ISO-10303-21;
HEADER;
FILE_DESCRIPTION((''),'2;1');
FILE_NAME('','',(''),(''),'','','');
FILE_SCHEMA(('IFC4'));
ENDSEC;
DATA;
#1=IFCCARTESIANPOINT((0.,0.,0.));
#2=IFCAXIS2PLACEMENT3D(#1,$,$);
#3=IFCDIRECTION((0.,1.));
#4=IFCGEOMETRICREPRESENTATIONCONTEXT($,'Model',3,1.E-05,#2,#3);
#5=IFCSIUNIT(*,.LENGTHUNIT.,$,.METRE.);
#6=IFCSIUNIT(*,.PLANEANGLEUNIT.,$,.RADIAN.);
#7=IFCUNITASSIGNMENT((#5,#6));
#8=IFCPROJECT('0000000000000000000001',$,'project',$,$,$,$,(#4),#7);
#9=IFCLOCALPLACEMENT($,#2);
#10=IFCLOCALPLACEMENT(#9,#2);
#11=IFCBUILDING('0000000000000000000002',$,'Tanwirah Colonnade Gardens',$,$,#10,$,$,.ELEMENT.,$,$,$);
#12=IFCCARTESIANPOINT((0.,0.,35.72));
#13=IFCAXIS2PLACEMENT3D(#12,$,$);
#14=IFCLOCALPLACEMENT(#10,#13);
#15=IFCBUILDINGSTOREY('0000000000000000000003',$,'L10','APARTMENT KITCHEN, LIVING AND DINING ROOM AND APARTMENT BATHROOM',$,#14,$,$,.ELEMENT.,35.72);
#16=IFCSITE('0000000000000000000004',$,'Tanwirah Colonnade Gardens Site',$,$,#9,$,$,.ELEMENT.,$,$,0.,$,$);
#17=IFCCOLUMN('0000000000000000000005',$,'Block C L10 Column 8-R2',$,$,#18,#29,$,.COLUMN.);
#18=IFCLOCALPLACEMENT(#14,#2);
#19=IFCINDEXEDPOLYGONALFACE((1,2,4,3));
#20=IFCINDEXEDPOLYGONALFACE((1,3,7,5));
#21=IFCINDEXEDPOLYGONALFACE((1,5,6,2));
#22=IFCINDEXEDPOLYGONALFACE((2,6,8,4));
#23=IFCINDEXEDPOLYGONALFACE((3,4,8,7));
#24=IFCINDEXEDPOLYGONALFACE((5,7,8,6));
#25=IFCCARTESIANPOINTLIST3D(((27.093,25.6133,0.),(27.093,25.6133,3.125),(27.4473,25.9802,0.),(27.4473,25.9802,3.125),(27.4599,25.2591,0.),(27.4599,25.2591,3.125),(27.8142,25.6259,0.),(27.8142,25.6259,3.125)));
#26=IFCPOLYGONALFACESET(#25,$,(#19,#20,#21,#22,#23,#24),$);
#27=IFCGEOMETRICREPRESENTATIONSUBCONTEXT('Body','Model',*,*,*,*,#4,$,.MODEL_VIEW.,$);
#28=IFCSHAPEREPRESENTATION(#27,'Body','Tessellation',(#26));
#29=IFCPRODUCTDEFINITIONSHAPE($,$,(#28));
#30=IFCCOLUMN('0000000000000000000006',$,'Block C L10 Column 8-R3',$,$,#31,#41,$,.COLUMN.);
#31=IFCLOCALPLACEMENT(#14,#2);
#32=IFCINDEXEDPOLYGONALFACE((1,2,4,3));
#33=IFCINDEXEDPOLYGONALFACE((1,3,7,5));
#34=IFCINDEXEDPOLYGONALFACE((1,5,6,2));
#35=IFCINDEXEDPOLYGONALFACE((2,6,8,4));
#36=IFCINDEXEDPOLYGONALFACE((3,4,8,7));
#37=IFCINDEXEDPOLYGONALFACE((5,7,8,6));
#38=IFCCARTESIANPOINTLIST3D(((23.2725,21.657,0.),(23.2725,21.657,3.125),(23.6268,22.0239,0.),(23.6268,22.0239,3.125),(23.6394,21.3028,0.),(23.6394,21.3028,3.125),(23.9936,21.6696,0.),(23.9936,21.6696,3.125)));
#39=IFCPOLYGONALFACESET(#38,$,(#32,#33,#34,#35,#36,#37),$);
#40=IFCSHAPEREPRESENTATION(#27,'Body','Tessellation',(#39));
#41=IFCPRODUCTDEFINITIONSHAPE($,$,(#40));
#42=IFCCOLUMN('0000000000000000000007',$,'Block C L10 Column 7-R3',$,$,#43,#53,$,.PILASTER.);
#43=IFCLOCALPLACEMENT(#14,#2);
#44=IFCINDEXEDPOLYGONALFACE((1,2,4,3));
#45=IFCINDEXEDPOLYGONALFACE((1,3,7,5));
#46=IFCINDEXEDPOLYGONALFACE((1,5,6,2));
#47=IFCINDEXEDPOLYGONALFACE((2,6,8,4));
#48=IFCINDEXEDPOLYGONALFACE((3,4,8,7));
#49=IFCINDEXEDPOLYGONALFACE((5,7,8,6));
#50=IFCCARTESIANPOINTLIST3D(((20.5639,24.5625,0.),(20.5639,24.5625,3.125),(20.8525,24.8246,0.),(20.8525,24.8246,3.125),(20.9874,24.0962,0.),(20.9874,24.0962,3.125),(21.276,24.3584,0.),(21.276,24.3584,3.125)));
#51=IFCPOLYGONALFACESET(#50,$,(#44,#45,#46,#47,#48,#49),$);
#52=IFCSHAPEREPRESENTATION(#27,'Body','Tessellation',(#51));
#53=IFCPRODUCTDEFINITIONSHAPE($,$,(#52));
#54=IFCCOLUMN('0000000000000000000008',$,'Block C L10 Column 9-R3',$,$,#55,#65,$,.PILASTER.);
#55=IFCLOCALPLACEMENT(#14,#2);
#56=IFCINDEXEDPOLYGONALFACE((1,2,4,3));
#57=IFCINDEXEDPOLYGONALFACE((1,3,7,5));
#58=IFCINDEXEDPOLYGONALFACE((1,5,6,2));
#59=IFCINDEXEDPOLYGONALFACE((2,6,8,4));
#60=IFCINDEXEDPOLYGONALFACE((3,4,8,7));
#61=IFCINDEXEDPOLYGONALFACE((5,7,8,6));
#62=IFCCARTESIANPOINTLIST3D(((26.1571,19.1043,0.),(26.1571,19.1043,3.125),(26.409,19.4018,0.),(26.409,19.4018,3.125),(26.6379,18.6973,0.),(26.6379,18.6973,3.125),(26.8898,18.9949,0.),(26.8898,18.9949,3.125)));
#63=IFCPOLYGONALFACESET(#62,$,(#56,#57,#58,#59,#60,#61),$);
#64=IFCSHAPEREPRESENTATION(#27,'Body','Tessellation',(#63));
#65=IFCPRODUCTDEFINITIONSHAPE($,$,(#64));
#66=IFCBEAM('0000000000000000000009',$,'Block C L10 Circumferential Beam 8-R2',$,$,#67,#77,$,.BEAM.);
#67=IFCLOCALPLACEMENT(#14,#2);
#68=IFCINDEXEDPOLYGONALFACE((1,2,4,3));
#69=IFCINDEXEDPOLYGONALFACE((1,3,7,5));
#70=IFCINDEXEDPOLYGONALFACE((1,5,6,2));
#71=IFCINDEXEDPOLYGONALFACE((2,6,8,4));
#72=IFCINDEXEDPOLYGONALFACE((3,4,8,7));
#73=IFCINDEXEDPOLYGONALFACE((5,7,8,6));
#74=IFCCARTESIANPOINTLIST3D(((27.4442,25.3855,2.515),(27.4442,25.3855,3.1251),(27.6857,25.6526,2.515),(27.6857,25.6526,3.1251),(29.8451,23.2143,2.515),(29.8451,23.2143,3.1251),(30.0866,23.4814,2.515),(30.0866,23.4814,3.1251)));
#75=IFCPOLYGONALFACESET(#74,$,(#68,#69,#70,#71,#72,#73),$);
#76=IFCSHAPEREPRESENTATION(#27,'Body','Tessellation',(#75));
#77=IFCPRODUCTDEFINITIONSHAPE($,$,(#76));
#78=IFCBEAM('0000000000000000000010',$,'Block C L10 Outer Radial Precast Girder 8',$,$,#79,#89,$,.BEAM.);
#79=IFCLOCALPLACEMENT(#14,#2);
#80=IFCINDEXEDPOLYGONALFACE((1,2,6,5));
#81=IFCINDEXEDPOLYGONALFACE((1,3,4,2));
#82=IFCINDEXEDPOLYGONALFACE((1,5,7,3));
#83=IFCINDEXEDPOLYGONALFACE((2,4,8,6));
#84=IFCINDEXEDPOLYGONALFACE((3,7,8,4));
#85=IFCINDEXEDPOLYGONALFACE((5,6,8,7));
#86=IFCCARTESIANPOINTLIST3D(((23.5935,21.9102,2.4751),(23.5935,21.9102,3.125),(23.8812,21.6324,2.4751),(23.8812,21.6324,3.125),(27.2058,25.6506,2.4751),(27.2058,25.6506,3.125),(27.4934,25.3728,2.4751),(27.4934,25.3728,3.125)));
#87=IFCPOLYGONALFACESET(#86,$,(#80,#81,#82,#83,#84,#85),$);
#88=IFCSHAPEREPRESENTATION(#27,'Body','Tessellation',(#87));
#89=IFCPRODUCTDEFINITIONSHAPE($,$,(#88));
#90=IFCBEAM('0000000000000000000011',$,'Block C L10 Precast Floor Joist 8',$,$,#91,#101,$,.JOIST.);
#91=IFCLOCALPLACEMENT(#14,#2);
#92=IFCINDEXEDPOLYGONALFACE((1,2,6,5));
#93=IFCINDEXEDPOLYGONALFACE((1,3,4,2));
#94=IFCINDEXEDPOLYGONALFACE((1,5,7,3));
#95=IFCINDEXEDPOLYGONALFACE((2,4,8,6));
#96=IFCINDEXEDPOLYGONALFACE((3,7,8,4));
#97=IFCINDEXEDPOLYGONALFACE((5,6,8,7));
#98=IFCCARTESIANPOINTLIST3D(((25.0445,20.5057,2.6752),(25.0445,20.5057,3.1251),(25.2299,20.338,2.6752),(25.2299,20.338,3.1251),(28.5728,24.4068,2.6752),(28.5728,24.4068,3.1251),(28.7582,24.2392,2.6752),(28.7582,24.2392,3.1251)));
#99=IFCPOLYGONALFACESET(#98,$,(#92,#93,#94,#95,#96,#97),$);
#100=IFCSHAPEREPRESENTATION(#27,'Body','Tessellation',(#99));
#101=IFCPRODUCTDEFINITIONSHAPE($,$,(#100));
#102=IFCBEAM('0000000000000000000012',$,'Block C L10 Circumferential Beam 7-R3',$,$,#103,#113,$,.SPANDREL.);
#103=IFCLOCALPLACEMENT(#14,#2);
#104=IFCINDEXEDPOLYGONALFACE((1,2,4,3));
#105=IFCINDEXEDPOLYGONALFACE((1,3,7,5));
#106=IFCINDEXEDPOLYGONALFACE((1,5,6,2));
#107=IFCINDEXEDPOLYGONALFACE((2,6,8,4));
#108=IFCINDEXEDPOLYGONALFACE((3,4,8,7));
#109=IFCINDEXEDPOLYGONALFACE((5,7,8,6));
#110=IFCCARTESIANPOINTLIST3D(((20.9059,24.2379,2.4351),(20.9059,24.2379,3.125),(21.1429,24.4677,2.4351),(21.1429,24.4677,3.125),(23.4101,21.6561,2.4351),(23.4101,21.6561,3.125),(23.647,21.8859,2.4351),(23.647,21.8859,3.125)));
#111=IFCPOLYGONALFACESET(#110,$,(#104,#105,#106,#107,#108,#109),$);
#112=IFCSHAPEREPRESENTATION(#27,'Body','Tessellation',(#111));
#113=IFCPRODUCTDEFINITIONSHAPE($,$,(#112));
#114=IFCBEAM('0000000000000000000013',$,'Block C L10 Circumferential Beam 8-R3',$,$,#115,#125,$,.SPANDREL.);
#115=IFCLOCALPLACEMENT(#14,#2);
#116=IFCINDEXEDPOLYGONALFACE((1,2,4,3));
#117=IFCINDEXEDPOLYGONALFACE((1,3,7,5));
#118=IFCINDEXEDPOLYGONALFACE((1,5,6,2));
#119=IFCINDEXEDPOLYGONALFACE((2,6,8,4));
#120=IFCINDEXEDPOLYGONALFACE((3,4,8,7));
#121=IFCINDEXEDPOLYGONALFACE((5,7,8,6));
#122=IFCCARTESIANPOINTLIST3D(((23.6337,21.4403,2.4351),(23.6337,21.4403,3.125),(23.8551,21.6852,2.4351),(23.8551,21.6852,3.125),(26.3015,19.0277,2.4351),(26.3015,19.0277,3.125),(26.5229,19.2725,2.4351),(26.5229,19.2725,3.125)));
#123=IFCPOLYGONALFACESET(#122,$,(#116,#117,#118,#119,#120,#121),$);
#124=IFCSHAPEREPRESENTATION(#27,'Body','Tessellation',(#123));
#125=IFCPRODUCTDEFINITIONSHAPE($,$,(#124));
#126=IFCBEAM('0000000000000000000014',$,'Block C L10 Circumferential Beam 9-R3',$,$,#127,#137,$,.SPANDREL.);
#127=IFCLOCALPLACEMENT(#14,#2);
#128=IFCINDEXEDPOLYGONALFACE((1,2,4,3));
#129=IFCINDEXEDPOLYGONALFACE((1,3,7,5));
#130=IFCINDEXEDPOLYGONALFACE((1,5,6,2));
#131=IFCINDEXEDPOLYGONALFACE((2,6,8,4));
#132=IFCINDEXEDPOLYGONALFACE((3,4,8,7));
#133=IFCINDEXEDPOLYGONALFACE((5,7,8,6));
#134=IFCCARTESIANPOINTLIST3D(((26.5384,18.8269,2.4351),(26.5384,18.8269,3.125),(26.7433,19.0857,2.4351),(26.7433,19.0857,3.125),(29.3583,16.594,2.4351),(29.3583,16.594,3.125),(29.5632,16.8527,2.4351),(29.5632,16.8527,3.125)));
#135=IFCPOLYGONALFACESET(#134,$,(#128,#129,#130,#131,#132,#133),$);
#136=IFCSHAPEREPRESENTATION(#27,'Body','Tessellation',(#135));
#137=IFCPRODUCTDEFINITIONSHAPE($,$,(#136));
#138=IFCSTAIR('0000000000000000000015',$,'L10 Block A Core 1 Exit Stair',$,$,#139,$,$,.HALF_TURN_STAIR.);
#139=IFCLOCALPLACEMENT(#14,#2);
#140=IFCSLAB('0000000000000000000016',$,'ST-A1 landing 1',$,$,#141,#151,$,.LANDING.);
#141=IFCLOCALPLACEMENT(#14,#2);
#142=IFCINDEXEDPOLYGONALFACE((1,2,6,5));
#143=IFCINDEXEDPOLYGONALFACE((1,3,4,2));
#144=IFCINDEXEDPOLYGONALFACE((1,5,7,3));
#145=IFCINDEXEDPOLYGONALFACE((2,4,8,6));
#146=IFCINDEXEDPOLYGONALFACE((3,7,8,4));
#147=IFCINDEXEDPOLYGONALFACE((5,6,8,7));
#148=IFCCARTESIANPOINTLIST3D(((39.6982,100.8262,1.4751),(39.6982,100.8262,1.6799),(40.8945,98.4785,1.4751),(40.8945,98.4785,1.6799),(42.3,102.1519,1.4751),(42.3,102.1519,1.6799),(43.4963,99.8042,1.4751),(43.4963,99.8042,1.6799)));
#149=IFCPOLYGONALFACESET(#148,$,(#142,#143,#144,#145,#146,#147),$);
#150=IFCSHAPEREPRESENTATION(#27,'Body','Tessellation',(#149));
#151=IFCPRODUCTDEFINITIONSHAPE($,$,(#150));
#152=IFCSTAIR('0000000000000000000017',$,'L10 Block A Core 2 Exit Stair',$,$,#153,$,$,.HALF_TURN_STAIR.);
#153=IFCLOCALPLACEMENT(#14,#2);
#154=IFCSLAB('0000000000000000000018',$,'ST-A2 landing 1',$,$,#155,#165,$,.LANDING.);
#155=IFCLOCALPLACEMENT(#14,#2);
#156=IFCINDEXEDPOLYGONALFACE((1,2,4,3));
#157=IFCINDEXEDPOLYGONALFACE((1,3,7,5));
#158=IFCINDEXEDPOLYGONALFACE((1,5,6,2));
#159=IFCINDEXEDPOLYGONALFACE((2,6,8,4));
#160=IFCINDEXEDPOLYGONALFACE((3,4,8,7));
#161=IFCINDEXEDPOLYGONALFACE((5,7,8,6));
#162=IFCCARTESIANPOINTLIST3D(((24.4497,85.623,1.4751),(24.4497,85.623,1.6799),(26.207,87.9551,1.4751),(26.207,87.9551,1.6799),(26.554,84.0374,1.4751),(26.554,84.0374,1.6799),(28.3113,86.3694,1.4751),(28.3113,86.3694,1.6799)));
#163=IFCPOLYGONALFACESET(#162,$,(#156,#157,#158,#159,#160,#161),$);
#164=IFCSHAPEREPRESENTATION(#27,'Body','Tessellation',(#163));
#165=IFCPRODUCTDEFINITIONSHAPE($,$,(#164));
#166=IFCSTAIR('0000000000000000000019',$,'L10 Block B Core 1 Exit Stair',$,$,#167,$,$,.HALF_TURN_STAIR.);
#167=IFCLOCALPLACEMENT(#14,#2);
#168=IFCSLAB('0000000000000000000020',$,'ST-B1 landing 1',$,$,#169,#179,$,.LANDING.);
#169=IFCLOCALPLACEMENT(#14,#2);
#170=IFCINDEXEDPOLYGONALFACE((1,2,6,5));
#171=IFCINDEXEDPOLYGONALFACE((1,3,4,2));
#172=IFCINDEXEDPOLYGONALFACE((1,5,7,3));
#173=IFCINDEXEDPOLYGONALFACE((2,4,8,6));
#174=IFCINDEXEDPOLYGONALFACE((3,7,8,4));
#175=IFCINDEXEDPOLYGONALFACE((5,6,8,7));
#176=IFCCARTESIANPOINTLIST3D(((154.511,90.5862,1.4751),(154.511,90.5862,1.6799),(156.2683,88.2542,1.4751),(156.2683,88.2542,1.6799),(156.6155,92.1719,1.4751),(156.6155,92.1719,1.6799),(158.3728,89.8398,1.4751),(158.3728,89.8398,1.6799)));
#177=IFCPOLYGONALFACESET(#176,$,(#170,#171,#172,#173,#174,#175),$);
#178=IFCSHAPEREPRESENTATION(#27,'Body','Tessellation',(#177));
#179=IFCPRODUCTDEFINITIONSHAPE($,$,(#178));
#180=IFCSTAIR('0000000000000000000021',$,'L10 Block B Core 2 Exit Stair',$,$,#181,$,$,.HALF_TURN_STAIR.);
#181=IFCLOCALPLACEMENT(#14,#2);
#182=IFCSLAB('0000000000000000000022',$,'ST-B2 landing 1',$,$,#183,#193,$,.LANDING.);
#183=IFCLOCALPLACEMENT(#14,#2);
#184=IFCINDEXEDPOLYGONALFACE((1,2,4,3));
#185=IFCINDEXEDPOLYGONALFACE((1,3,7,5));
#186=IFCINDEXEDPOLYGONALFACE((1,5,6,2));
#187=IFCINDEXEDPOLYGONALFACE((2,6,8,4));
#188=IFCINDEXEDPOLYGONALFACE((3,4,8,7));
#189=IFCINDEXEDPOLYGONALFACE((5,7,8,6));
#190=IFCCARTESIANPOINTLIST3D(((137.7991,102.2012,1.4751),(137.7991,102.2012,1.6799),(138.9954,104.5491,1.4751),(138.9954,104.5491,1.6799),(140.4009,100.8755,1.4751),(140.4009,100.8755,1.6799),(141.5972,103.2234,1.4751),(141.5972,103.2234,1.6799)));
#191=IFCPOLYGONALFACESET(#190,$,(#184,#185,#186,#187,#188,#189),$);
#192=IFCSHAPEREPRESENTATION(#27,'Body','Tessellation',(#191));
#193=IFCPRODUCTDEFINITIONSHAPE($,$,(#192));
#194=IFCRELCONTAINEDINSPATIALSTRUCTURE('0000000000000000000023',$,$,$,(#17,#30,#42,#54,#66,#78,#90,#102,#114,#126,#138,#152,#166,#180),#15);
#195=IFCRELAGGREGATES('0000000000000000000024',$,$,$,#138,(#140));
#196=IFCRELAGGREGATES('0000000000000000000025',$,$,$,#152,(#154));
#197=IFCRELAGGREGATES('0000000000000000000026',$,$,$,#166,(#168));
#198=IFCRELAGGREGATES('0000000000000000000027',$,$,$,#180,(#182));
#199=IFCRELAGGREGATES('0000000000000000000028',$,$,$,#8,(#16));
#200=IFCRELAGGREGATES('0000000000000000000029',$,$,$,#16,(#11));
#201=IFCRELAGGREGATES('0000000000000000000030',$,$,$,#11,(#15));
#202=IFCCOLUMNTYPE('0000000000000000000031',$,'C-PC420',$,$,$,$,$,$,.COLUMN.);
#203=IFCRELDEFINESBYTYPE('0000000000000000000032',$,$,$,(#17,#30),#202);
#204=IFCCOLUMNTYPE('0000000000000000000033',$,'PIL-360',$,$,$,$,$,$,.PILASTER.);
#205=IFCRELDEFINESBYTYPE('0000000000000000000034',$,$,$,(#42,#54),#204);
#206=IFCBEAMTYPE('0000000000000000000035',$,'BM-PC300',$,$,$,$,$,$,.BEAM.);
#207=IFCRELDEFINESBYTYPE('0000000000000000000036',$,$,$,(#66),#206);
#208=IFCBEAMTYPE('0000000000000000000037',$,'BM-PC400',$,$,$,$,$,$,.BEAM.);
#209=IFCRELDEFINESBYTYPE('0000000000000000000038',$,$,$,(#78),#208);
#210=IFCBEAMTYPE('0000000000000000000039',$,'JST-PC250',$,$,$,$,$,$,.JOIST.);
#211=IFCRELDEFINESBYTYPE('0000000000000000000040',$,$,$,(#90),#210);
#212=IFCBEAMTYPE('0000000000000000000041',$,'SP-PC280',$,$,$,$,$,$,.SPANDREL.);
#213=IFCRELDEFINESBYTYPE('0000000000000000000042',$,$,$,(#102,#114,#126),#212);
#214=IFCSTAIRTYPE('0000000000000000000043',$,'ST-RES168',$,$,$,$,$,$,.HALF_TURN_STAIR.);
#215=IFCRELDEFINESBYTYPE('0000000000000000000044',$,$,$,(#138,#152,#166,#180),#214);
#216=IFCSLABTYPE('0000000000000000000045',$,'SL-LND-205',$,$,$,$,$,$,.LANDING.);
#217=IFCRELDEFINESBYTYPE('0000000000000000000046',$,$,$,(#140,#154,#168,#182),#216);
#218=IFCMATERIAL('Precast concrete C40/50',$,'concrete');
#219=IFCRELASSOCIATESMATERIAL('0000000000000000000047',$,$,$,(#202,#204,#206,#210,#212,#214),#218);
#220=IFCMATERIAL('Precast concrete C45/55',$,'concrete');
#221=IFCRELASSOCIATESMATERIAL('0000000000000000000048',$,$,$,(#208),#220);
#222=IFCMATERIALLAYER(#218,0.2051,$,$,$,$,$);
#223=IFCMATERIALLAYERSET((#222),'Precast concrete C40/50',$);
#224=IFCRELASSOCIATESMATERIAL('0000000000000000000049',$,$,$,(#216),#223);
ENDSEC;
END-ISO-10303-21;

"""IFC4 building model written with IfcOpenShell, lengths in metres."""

from ifc_helpers import new_model, si_unit, direction, frame, origin, origin_2d, place, context, subcontext, project, spatial, polyline, rectangle, outline, extrude, material, layer, layer_set, material_profile, profile_set, type_object, element, aggregate, save


model = new_model("IFC4")

# Units and contexts
model_context = context("Model", 3, precision=1e-05, world=origin(), true_north=direction((0.0, 1.0)))
body_context = subcontext(model_context, "Body", "Model", "MODEL_VIEW")
ifc_project = project(units=[si_unit("LENGTHUNIT", "METRE"), si_unit("PLANEANGLEUNIT", "RADIAN")], contexts=[model_context])

# Site, building, storey
site_placement = place(None, origin())
site = spatial("IfcSite", under=ifc_project, at=site_placement, Name="Tanwirah Colonnade Gardens Site", CompositionType="ELEMENT", RefElevation=0.0)
building_placement = place(site_placement, origin())
building = spatial("IfcBuilding", under=site, at=building_placement, Name="Tanwirah Colonnade Gardens", CompositionType="ELEMENT")
storey_placement = place(building_placement, frame((0.0, 0.0, 35.72)))
storey = spatial("IfcBuildingStorey", under=building, at=storey_placement, Name="L10", Description="APARTMENT KITCHEN, LIVING AND DINING ROOM AND APARTMENT BATHROOM", CompositionType="ELEMENT", Elevation=35.72)

# Columns
ifc_material_1 = material(Name="Precast concrete C40/50", Category="concrete")
ifc_material_profile_1 = material_profile(ifc_material_1, rectangle(XDim=0.51, YDim=0.51, at=origin_2d()), Name="PC-COL 510x510")
ifc_profile_set_1 = profile_set([ifc_material_profile_1], Name="Precast concrete C40/50")
column_type_1 = type_object("IfcColumnType", Name="C-PC420", PredefinedType="COLUMN", material=ifc_profile_set_1)
for number, where, z_axis, x_axis, name in (
    (1, (27.4536, 25.6196, 0.0), (0.0, 0.0, 1.0), (-0.694658, -0.71934, 0.0), "Block C L10 Column 8-R2"),
    (2, (23.6331, 21.6633, 0.0), (0.0, 0.0, 1.0), (-0.694658, -0.71934, 0.0), "Block C L10 Column 8-R3"),
):
    element("IfcColumn", number, at=place(storey_placement, frame(where, z_axis=z_axis, x_axis=x_axis)), inside=storey, type_object=column_type_1, Name=name, PredefinedType="COLUMN", context=body_context, shape_type="SweptSolid", body=[
        extrude(rectangle(XDim=0.51, YDim=0.51, at=origin_2d()), origin(), (0.0, 0.0, 1.0), 3.125),
    ])
ifc_material_profile_2 = material_profile(ifc_material_1, rectangle(XDim=0.3899, YDim=0.6299, at=origin_2d()), Name="PC-PIL 390x630")
ifc_profile_set_2 = profile_set([ifc_material_profile_2], Name="Precast concrete C40/50")
column_type_2 = type_object("IfcColumnType", Name="PIL-360", PredefinedType="PILASTER", material=ifc_profile_set_2)
for number, where, z_axis, x_axis, name in (
    (3, (20.9199, 24.4604, 0.0), (0.0, 0.0, 1.0), (-0.740218, -0.672367, 0.0), "Block C L10 Column 7-R3"),
    (4, (26.5234, 19.0496, 0.0), (0.0, 0.0, 1.0), (-0.646124, -0.763232, 0.0), "Block C L10 Column 9-R3"),
):
    element("IfcColumn", number, at=place(storey_placement, frame(where, z_axis=z_axis, x_axis=x_axis)), inside=storey, type_object=column_type_2, Name=name, PredefinedType="PILASTER", context=body_context, shape_type="SweptSolid", body=[
        extrude(rectangle(XDim=0.3899, YDim=0.6299, at=origin_2d()), origin(), (0.0, 0.0, 1.0), 3.125),
    ])

# Beams
ifc_material_profile_3 = material_profile(ifc_material_1, rectangle(XDim=0.3601, YDim=0.6101, at=origin_2d()), Name="PC-BM 360x610")
ifc_profile_set_3 = profile_set([ifc_material_profile_3], Name="Precast concrete C40/50")
beam_type_1 = type_object("IfcBeamType", Name="BM-PC300", PredefinedType="BEAM", material=ifc_profile_set_3)
beam_1_placement = place(storey_placement, frame((27.5649, 25.519, 2.8201), z_axis=(0.741702, -0.67073, 0.0), x_axis=(0.67073, 0.741702, 0.0)))
element("IfcBeam", 5, at=beam_1_placement, inside=storey, type_object=beam_type_1, Name="Block C L10 Circumferential Beam 8-R2", PredefinedType="BEAM", context=body_context, shape_type="SweptSolid", body=[
    extrude(rectangle(XDim=0.3601, YDim=0.6101, at=origin_2d()), origin(), (0.0, 0.0, 1.0), 3.2371),
])
ifc_material_2 = material(Name="Precast concrete C45/55", Category="concrete")
ifc_material_profile_4 = material_profile(ifc_material_2, rectangle(XDim=0.3999, YDim=0.6499, at=origin_2d()), Name="PC-BM 400x650")
ifc_profile_set_4 = profile_set([ifc_material_profile_4], Name="Precast concrete C45/55")
beam_type_2 = type_object("IfcBeamType", Name="BM-PC400", PredefinedType="BEAM", material=ifc_profile_set_4)
beam_2_placement = place(storey_placement, frame((27.3496, 25.5117, 2.8), z_axis=(-0.694675, -0.719324, 0.0), x_axis=(0.719324, -0.694675, 0.0)))
element("IfcBeam", 6, at=beam_2_placement, inside=storey, type_object=beam_type_2, Name="Block C L10 Outer Radial Precast Girder 8", PredefinedType="BEAM", context=body_context, shape_type="SweptSolid", body=[
    extrude(rectangle(XDim=0.3999, YDim=0.6499, at=origin_2d()), origin(), (0.0, 0.0, 1.0), 5.2),
])
ifc_material_profile_5 = material_profile(ifc_material_1, rectangle(XDim=0.25, YDim=0.45, at=origin_2d()), Name="PC-JST 250x450")
ifc_profile_set_5 = profile_set([ifc_material_profile_5], Name="Precast concrete C40/50")
beam_type_3 = type_object("IfcBeamType", Name="JST-PC250", PredefinedType="JOIST", material=ifc_profile_set_5)
beam_3_placement = place(storey_placement, frame((28.6655, 24.323, 2.9001), z_axis=(-0.670781, -0.741656, 0.0), x_axis=(0.741656, -0.670781, 0.0)))
element("IfcBeam", 7, at=beam_3_placement, inside=storey, type_object=beam_type_3, Name="Block C L10 Precast Floor Joist 8", PredefinedType="JOIST", context=body_context, shape_type="SweptSolid", body=[
    extrude(rectangle(XDim=0.25, YDim=0.45, at=origin_2d()), origin(), (0.0, 0.0, 1.0), 5.26),
])
ifc_material_profile_6 = material_profile(ifc_material_1, rectangle(XDim=0.3301, YDim=0.6899, at=origin_2d()), Name="PC-SP 330x690")
ifc_profile_set_6 = profile_set([ifc_material_profile_6], Name="Precast concrete C40/50")
beam_type_4 = type_object("IfcBeamType", Name="SP-PC280", PredefinedType="SPANDREL", material=ifc_profile_set_6)
beam_4_placement = place(storey_placement, frame((21.0244, 24.3528, 2.78), z_axis=(0.696232, -0.717817, 0.0), x_axis=(0.717817, 0.696232, 0.0)))
element("IfcBeam", 8, at=beam_4_placement, inside=storey, type_object=beam_type_4, Name="Block C L10 Circumferential Beam 7-R3", PredefinedType="SPANDREL", context=body_context, shape_type="SweptSolid", body=[
    extrude(rectangle(XDim=0.3301, YDim=0.6899, at=origin_2d()), origin(), (0.0, 0.0, 1.0), 3.5967),
])
for number, where, z_axis, x_axis, name in (
    (9, (23.7444, 21.5627, 2.78), (0.741682, -0.670752, 0.0), (0.670752, 0.741682, 0.0), "Block C L10 Circumferential Beam 8-R3"),
    (10, (26.6409, 18.9563, 2.78), (0.783971, -0.620797, 0.0), (0.620797, 0.783971, 0.0), "Block C L10 Circumferential Beam 9-R3"),
):
    element("IfcBeam", number, at=place(storey_placement, frame(where, z_axis=z_axis, x_axis=x_axis)), inside=storey, type_object=beam_type_4, Name=name, PredefinedType="SPANDREL", context=body_context, shape_type="SweptSolid", body=[
        extrude(rectangle(XDim=0.3301, YDim=0.6899, at=origin_2d()), origin(), (0.0, 0.0, 1.0), 3.5969),
    ])

# Stairs, slabs
stair_type = type_object("IfcStairType", Name="ST-RES168", PredefinedType="HALF_TURN_STAIR", material=ifc_material_1)
stair_1_placement = place(storey_placement, origin())
stair_1 = element("IfcStair", 11, at=stair_1_placement, inside=storey, type_object=stair_type, Name="L10 Block A Core 1 Exit Stair", PredefinedType="HALF_TURN_STAIR")
ifc_layer_1 = layer(ifc_material_1, 0.2051)
ifc_layer_set_1 = layer_set([ifc_layer_1], Name="Precast concrete C40/50")
slab_type_1 = type_object("IfcSlabType", Name="SL-LND-205", PredefinedType="LANDING", material=ifc_layer_set_1)
slab_1_placement = place(storey_placement, frame((0.0, 0.0, 1.4751)))
slab_1 = element("IfcSlab", 12, at=slab_1_placement, type_object=slab_type_1, Name="ST-A1 landing 1", PredefinedType="LANDING", context=body_context, shape_type="SweptSolid", body=[
    extrude(outline(polyline([(39.6982, 100.8262), (40.8945, 98.4785), (43.4963, 99.8042), (42.3, 102.1519), (39.6982, 100.8262)])), origin(), (0.0, 0.0, 1.0), 0.2048),
])
aggregate(stair_1, [slab_1])
stair_2_placement = place(storey_placement, origin())
stair_2 = element("IfcStair", 13, at=stair_2_placement, inside=storey, type_object=stair_type, Name="L10 Block A Core 2 Exit Stair", PredefinedType="HALF_TURN_STAIR")
slab_2_placement = place(storey_placement, frame((0.0, 0.0, 1.4751)))
slab_2 = element("IfcSlab", 14, at=slab_2_placement, type_object=slab_type_1, Name="ST-A2 landing 1", PredefinedType="LANDING", context=body_context, shape_type="SweptSolid", body=[
    extrude(outline(polyline([(24.4497, 85.623), (26.554, 84.0374), (28.3113, 86.3694), (26.207, 87.9551), (24.4497, 85.623)])), origin(), (0.0, 0.0, 1.0), 0.2048),
])
aggregate(stair_2, [slab_2])
stair_3_placement = place(storey_placement, origin())
stair_3 = element("IfcStair", 15, at=stair_3_placement, inside=storey, type_object=stair_type, Name="L10 Block B Core 1 Exit Stair", PredefinedType="HALF_TURN_STAIR")
slab_3_placement = place(storey_placement, frame((0.0, 0.0, 1.4751)))
slab_3 = element("IfcSlab", 16, at=slab_3_placement, type_object=slab_type_1, Name="ST-B1 landing 1", PredefinedType="LANDING", context=body_context, shape_type="SweptSolid", body=[
    extrude(outline(polyline([(156.6155, 92.1719), (154.511, 90.5862), (156.2683, 88.2542), (158.3728, 89.8398), (156.6155, 92.1719)])), origin(), (0.0, 0.0, 1.0), 0.2048),
])
aggregate(stair_3, [slab_3])
stair_4_placement = place(storey_placement, origin())
stair_4 = element("IfcStair", 17, at=stair_4_placement, inside=storey, type_object=stair_type, Name="L10 Block B Core 2 Exit Stair", PredefinedType="HALF_TURN_STAIR")
slab_4_placement = place(storey_placement, frame((0.0, 0.0, 1.4751)))
slab_4 = element("IfcSlab", 18, at=slab_4_placement, type_object=slab_type_1, Name="ST-B2 landing 1", PredefinedType="LANDING", context=body_context, shape_type="SweptSolid", body=[
    extrude(outline(polyline([(138.9954, 104.5491), (137.7991, 102.2012), (140.4009, 100.8755), (141.5972, 103.2234), (138.9954, 104.5491)])), origin(), (0.0, 0.0, 1.0), 0.2048),
])
aggregate(stair_4, [slab_4])

save(model, "model.ifc")
